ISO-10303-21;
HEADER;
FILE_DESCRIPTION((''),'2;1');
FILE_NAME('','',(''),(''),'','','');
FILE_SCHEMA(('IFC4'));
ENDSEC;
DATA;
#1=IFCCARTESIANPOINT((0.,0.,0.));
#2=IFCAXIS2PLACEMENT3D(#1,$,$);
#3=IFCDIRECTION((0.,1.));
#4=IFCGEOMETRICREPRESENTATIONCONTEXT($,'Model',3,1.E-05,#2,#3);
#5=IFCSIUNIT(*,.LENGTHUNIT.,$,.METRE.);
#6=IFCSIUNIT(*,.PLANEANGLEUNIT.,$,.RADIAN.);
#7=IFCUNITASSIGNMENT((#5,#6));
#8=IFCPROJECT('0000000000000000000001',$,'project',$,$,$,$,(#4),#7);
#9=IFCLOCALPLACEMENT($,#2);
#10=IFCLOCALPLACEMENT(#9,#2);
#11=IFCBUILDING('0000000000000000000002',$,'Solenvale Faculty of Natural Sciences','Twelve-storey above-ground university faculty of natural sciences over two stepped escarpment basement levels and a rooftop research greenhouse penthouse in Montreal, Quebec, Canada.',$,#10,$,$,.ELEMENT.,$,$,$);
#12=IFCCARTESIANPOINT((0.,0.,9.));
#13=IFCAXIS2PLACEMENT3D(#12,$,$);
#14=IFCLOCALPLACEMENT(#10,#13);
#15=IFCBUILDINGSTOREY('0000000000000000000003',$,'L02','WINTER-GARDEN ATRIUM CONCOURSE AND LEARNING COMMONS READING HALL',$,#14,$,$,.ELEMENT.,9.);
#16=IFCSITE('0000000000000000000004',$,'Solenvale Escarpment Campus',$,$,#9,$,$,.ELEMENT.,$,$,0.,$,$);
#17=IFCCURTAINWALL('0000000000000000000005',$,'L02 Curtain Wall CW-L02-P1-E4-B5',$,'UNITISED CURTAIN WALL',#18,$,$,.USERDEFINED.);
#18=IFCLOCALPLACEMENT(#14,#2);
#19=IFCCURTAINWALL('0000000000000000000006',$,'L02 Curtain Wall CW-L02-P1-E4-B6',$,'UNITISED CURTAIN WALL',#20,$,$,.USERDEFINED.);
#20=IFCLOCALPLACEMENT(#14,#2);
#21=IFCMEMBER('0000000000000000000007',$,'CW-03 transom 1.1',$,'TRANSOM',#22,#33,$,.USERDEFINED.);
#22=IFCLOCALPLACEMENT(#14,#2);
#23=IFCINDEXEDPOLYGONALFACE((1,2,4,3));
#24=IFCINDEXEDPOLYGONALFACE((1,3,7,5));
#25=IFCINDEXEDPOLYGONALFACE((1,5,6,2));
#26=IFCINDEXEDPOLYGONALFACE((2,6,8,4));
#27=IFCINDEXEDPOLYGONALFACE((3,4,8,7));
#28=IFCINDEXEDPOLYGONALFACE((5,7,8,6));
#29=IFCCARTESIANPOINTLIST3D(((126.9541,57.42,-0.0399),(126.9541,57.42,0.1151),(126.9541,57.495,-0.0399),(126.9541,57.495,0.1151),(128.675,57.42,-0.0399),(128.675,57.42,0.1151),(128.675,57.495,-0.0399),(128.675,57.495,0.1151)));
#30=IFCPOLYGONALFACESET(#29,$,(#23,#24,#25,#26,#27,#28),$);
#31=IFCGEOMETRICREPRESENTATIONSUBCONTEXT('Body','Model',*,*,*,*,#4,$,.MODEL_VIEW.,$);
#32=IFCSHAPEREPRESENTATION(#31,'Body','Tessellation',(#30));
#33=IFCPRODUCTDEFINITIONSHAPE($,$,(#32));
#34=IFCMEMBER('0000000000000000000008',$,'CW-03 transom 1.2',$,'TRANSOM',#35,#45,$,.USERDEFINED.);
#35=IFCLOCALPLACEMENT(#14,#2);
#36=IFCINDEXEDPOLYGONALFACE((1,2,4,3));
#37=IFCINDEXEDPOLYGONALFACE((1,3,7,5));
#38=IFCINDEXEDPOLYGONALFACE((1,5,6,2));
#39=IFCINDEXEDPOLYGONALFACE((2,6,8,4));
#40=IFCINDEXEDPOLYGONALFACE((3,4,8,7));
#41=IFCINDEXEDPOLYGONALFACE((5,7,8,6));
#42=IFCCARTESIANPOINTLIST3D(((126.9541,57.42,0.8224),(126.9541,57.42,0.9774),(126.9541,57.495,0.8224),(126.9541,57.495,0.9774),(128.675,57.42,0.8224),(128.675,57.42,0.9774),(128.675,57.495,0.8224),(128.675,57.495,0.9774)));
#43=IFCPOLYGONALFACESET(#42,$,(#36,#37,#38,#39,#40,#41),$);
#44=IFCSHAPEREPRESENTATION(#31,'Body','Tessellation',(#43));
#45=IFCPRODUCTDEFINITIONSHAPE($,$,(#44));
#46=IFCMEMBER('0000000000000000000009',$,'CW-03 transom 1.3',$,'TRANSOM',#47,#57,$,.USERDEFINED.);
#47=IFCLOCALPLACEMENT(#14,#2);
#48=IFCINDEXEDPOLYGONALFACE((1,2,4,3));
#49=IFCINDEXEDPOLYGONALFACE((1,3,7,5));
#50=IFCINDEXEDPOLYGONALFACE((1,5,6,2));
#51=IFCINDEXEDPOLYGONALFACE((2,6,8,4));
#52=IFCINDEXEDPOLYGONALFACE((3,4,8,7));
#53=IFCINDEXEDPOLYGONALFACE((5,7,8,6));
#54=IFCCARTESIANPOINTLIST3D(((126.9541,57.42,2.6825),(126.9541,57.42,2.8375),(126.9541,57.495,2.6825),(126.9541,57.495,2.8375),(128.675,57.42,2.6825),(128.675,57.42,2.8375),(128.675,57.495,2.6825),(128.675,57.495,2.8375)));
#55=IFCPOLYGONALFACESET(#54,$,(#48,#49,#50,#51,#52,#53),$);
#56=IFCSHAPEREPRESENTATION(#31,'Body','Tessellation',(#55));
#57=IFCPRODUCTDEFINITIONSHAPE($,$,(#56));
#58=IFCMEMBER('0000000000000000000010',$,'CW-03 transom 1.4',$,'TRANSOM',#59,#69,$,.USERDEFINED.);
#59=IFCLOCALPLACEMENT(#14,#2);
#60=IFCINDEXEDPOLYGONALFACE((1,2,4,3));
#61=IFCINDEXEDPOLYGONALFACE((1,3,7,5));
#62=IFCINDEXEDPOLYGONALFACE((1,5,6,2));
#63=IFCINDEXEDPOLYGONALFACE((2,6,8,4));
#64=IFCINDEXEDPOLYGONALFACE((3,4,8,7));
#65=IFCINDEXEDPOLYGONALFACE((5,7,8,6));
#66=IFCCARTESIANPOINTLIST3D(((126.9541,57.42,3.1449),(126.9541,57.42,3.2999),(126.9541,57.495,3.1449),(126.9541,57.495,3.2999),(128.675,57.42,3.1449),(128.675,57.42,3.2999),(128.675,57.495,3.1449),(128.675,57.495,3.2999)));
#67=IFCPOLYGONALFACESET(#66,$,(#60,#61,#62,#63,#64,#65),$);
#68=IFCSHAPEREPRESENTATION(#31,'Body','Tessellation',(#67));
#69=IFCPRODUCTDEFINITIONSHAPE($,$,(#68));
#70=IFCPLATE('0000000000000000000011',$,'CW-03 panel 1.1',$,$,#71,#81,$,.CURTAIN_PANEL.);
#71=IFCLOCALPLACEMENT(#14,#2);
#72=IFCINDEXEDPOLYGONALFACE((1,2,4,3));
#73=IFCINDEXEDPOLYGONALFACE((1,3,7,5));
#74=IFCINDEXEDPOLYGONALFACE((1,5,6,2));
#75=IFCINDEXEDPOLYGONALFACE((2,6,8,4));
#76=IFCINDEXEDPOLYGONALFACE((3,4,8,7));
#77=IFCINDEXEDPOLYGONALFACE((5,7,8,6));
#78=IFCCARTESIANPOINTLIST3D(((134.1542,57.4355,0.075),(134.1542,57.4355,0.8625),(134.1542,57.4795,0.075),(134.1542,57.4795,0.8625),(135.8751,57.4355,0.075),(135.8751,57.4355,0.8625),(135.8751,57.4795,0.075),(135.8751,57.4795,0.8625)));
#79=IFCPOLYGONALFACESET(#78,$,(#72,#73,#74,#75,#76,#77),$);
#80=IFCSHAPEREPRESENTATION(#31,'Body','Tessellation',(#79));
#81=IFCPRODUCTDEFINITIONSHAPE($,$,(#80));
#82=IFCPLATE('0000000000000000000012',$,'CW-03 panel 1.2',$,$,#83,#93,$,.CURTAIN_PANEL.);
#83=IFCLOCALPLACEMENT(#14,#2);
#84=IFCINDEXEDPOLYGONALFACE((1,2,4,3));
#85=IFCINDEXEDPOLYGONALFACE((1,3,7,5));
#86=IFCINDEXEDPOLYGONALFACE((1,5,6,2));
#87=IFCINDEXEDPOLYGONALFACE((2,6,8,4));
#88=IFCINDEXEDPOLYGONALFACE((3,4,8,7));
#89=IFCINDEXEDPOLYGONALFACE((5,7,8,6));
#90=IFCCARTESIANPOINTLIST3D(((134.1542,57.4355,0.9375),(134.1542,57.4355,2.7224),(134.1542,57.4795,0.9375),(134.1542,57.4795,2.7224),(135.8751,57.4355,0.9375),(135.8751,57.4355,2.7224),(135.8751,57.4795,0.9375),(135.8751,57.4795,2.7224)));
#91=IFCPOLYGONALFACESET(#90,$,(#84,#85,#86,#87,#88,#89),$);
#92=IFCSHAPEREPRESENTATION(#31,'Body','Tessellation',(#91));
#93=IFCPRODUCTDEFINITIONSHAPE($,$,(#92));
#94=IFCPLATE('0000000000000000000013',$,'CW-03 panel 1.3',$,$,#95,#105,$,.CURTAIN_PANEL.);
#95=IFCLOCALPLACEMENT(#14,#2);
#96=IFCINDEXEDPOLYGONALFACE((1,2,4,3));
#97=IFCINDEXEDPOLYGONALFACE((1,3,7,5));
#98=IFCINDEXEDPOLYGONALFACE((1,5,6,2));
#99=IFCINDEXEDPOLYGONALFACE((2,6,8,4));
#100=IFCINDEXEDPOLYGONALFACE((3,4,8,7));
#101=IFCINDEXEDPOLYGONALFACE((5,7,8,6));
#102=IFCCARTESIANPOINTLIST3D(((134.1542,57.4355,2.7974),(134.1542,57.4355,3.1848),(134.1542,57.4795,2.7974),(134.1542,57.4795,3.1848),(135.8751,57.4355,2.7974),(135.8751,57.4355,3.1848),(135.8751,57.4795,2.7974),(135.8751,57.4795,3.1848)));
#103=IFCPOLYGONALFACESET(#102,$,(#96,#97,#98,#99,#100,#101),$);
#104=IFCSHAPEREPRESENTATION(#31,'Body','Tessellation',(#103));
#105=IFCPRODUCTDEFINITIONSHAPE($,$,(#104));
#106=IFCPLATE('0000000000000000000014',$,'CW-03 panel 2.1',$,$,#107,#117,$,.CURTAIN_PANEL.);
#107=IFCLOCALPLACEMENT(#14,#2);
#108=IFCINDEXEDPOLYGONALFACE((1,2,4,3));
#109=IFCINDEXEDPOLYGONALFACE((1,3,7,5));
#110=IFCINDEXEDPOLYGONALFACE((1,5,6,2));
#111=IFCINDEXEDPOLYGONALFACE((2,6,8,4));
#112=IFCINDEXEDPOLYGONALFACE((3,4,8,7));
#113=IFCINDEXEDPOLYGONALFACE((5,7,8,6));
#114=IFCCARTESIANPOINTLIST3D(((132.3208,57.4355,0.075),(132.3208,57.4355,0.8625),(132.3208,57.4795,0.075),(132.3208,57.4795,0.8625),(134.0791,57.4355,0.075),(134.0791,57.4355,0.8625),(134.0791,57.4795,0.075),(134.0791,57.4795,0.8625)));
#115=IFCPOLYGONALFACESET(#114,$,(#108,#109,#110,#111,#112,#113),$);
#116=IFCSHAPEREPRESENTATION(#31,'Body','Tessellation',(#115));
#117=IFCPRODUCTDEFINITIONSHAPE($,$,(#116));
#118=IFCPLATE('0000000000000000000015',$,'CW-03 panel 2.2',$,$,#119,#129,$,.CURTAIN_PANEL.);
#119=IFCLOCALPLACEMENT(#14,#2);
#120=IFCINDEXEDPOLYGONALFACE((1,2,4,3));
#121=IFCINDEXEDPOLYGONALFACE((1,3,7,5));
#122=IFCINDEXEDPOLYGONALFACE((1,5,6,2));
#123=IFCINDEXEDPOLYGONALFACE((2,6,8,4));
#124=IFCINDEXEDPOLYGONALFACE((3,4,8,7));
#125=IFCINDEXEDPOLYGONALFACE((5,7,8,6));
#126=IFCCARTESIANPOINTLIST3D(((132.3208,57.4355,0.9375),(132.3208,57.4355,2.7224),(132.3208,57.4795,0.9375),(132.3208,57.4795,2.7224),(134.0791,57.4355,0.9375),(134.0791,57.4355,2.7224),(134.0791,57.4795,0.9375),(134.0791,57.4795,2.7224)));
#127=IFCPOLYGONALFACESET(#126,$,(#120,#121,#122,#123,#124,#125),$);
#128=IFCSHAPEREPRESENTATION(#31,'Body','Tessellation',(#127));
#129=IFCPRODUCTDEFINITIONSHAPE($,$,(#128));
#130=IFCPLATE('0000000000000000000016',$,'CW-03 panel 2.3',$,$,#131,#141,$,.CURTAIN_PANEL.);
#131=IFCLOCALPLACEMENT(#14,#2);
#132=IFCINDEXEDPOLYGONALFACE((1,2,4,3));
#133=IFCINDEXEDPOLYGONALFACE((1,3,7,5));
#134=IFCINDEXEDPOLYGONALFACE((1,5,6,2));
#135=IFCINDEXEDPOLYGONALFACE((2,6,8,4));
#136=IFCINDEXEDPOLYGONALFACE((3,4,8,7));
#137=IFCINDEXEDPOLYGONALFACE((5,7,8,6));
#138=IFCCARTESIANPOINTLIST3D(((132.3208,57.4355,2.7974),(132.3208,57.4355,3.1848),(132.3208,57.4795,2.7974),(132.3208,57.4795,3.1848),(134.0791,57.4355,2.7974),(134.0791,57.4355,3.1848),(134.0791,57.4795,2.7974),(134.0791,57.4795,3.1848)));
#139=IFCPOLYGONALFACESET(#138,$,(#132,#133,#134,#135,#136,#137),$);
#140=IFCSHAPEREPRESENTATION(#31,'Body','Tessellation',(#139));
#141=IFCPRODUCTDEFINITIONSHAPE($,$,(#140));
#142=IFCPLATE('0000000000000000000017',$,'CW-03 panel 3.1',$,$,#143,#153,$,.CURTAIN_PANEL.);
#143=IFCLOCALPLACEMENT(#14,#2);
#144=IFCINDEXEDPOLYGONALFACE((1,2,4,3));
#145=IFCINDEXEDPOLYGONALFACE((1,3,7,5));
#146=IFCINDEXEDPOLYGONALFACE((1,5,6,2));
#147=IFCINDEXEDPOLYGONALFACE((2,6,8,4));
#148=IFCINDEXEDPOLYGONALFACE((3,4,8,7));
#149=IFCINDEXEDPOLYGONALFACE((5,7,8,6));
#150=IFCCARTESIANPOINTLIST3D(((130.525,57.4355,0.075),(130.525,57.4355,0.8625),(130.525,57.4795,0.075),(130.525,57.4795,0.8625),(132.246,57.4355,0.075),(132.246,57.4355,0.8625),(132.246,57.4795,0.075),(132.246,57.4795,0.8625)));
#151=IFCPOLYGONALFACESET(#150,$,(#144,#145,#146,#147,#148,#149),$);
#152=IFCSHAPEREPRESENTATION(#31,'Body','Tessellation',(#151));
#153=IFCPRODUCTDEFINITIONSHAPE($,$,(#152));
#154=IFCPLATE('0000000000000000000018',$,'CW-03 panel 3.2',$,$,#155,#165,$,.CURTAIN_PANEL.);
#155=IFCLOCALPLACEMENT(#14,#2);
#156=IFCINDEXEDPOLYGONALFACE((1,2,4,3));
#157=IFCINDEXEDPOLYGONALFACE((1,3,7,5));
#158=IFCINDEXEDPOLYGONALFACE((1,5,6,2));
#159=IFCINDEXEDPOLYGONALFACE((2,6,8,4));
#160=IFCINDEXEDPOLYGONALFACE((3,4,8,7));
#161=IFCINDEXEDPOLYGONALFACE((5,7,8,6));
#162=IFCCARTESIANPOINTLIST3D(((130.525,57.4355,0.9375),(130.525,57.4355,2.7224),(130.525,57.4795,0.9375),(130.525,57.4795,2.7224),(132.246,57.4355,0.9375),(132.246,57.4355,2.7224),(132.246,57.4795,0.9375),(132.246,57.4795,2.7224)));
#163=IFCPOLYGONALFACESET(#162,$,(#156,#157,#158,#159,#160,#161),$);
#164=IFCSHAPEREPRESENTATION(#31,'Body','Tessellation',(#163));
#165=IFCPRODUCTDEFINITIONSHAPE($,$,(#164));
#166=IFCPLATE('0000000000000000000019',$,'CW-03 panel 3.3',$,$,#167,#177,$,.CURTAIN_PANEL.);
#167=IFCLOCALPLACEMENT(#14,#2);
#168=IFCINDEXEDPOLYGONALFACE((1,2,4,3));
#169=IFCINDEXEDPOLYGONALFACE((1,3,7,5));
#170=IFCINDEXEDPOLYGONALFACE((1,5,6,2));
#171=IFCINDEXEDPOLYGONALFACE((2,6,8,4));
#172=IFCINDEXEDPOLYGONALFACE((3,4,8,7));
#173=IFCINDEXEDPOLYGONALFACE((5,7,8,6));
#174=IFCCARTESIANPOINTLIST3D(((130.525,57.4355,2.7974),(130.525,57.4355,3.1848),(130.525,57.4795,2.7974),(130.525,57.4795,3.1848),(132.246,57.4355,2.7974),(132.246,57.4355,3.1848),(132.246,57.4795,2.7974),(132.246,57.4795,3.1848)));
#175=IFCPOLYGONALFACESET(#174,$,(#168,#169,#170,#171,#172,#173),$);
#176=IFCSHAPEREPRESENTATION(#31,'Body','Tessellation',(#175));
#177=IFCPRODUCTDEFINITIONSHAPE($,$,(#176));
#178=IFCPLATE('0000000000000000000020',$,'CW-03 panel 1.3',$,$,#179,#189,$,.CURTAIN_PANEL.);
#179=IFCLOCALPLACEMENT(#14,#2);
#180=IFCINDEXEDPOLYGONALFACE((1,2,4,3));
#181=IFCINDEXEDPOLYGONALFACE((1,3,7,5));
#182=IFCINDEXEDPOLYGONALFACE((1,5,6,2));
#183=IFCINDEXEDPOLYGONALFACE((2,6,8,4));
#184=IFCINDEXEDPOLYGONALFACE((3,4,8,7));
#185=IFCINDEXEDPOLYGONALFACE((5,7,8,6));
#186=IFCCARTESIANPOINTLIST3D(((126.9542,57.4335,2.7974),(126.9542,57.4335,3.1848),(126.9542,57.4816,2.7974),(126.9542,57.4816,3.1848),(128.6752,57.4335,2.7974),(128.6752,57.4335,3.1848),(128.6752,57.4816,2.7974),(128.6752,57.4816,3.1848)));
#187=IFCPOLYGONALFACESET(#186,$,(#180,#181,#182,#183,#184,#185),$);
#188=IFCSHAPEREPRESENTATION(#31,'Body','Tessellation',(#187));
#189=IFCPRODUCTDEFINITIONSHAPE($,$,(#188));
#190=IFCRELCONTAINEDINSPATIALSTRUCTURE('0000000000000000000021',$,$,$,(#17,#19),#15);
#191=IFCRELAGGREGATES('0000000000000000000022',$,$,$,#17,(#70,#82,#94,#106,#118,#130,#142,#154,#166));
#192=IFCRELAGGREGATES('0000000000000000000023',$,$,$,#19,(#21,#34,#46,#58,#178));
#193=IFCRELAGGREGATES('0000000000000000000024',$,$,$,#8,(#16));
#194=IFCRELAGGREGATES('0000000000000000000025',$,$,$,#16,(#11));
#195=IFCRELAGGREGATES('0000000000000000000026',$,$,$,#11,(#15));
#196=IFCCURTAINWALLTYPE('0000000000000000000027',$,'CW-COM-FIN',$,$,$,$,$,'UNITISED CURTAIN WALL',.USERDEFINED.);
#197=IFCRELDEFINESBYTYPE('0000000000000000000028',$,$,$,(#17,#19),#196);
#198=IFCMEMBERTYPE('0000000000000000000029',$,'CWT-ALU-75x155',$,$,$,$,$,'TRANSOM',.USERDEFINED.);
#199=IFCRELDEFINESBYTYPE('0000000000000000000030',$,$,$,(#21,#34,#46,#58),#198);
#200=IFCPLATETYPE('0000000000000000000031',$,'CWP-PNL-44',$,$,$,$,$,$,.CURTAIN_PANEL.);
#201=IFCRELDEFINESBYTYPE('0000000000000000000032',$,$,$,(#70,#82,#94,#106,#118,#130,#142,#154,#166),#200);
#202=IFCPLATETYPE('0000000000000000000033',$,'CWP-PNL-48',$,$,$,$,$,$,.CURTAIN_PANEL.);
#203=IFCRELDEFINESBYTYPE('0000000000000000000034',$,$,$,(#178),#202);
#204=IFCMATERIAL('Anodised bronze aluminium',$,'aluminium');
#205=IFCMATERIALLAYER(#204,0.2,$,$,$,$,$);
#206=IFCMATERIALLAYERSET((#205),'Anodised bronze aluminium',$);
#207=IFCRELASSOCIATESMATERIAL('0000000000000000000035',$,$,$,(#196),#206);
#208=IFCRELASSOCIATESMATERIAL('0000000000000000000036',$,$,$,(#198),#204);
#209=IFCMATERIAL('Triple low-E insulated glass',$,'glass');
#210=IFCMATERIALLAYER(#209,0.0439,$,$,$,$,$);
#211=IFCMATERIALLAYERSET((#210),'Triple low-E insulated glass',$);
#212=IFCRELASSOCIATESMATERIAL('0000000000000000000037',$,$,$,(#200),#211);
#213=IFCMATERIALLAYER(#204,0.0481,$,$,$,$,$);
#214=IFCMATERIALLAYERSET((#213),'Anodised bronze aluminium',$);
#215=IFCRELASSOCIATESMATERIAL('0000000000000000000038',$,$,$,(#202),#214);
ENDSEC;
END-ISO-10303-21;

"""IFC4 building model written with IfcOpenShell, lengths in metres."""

from ifc_helpers import new_model, si_unit, direction, frame, origin, origin_2d, place, context, subcontext, project, spatial, rectangle, extrude, material, layer, layer_set, material_profile, profile_set, type_object, element, aggregate, save


model = new_model("IFC4")

# Units and contexts
model_context = context("Model", 3, precision=1e-05, world=origin(), true_north=direction((0.0, 1.0)))
body_context = subcontext(model_context, "Body", "Model", "MODEL_VIEW")
ifc_project = project(units=[si_unit("LENGTHUNIT", "METRE"), si_unit("PLANEANGLEUNIT", "RADIAN")], contexts=[model_context])

# Site, building, storey
site_placement = place(None, origin())
site = spatial("IfcSite", under=ifc_project, at=site_placement, Name="Solenvale Escarpment Campus", CompositionType="ELEMENT", RefElevation=0.0)
building_placement = place(site_placement, origin())
building = spatial("IfcBuilding", under=site, at=building_placement, Name="Solenvale Faculty of Natural Sciences", Description="Twelve-storey above-ground university faculty of natural sciences over two stepped escarpment basement levels and a rooftop research greenhouse penthouse in Montreal, Quebec, Canada.", CompositionType="ELEMENT")
storey_placement = place(building_placement, frame((0.0, 0.0, 9.0)))
storey = spatial("IfcBuildingStorey", under=building, at=storey_placement, Name="L02", Description="WINTER-GARDEN ATRIUM CONCOURSE AND LEARNING COMMONS READING HALL", CompositionType="ELEMENT", Elevation=9.0)

# Curtain wall
ifc_material_1 = material(Name="Anodised bronze aluminium", Category="aluminium")
ifc_layer_1 = layer(ifc_material_1, 0.2)
ifc_layer_set_1 = layer_set([ifc_layer_1], Name="Anodised bronze aluminium")
curtain_wall_type = type_object("IfcCurtainWallType", Name="CW-COM-FIN", ElementType="UNITISED CURTAIN WALL", PredefinedType="USERDEFINED", material=ifc_layer_set_1)
curtain_wall_1_placement = place(storey_placement, origin())
curtain_wall_1 = element("IfcCurtainWall", 1, at=curtain_wall_1_placement, inside=storey, type_object=curtain_wall_type, Name="L02 Curtain Wall CW-L02-P1-E4-B5", ObjectType="UNITISED CURTAIN WALL", PredefinedType="USERDEFINED")

# Curtain wall
curtain_wall_2_placement = place(storey_placement, origin())
curtain_wall_2 = element("IfcCurtainWall", 2, at=curtain_wall_2_placement, inside=storey, type_object=curtain_wall_type, Name="L02 Curtain Wall CW-L02-P1-E4-B6", ObjectType="UNITISED CURTAIN WALL", PredefinedType="USERDEFINED")

# Members
ifc_material_profile_1 = material_profile(ifc_material_1, rectangle(XDim=0.075, YDim=0.155, at=origin_2d()), Name="ALU-TRN-75x155")
ifc_profile_set_1 = profile_set([ifc_material_profile_1], Name="Anodised bronze aluminium")
member_type_1 = type_object("IfcMemberType", Name="CWT-ALU-75x155", ElementType="TRANSOM", PredefinedType="USERDEFINED", material=ifc_profile_set_1)
member_1_placement = place(storey_placement, frame((128.675, 57.4575, 0.0376), z_axis=(-1.0, 0.0, 0.0), x_axis=(0.0, -1.0, 0.0)))
member_1 = element("IfcMember", 3, at=member_1_placement, type_object=member_type_1, Name="CW-03 transom 1.1", ObjectType="TRANSOM", PredefinedType="USERDEFINED", context=body_context, shape_type="SweptSolid", body=[
    extrude(rectangle(XDim=0.075, YDim=0.155, at=origin_2d()), origin(), (0.0, 0.0, 1.0), 1.7209),
])
member_2_placement = place(storey_placement, frame((128.675, 57.4575, 0.8999), z_axis=(-1.0, 0.0, 0.0), x_axis=(0.0, -1.0, 0.0)))
member_2 = element("IfcMember", 4, at=member_2_placement, type_object=member_type_1, Name="CW-03 transom 1.2", ObjectType="TRANSOM", PredefinedType="USERDEFINED", context=body_context, shape_type="SweptSolid", body=[
    extrude(rectangle(XDim=0.075, YDim=0.155, at=origin_2d()), origin(), (0.0, 0.0, 1.0), 1.7209),
])
member_3_placement = place(storey_placement, frame((128.675, 57.4575, 2.76), z_axis=(-1.0, 0.0, 0.0), x_axis=(0.0, -1.0, 0.0)))
member_3 = element("IfcMember", 5, at=member_3_placement, type_object=member_type_1, Name="CW-03 transom 1.3", ObjectType="TRANSOM", PredefinedType="USERDEFINED", context=body_context, shape_type="SweptSolid", body=[
    extrude(rectangle(XDim=0.075, YDim=0.155, at=origin_2d()), origin(), (0.0, 0.0, 1.0), 1.7209),
])
member_4_placement = place(storey_placement, frame((128.675, 57.4575, 3.2224), z_axis=(-1.0, 0.0, 0.0), x_axis=(0.0, -1.0, 0.0)))
member_4 = element("IfcMember", 6, at=member_4_placement, type_object=member_type_1, Name="CW-03 transom 1.4", ObjectType="TRANSOM", PredefinedType="USERDEFINED", context=body_context, shape_type="SweptSolid", body=[
    extrude(rectangle(XDim=0.075, YDim=0.155, at=origin_2d()), origin(), (0.0, 0.0, 1.0), 1.7209),
])

# Plates
ifc_material_2 = material(Name="Triple low-E insulated glass", Category="glass")
ifc_layer_2 = layer(ifc_material_2, 0.0439)
ifc_layer_set_2 = layer_set([ifc_layer_2], Name="Triple low-E insulated glass")
plate_type_1 = type_object("IfcPlateType", Name="CWP-PNL-44", PredefinedType="CURTAIN_PANEL", material=ifc_layer_set_2)
plate_1_placement = place(storey_placement, frame((135.0146, 57.4575, 0.075), z_axis=(0.0, 0.0, 1.0), x_axis=(-1.0, 0.0, 0.0)))
plate_1 = element("IfcPlate", 7, at=plate_1_placement, type_object=plate_type_1, Name="CW-03 panel 1.1", PredefinedType="CURTAIN_PANEL", context=body_context, shape_type="SweptSolid", body=[
    extrude(rectangle(XDim=1.7209, YDim=0.0439, at=origin_2d()), origin(), (0.0, 0.0, 1.0), 0.7876),
])
plate_2_placement = place(storey_placement, frame((135.0146, 57.4575, 0.9375), z_axis=(0.0, 0.0, 1.0), x_axis=(-1.0, 0.0, 0.0)))
plate_2 = element("IfcPlate", 8, at=plate_2_placement, type_object=plate_type_1, Name="CW-03 panel 1.2", PredefinedType="CURTAIN_PANEL", context=body_context, shape_type="SweptSolid", body=[
    extrude(rectangle(XDim=1.7209, YDim=0.0439, at=origin_2d()), origin(), (0.0, 0.0, 1.0), 1.7849),
])
plate_3_placement = place(storey_placement, frame((135.0146, 57.4575, 2.7974), z_axis=(0.0, 0.0, 1.0), x_axis=(-1.0, 0.0, 0.0)))
plate_3 = element("IfcPlate", 9, at=plate_3_placement, type_object=plate_type_1, Name="CW-03 panel 1.3", PredefinedType="CURTAIN_PANEL", context=body_context, shape_type="SweptSolid", body=[
    extrude(rectangle(XDim=1.7209, YDim=0.0439, at=origin_2d()), origin(), (0.0, 0.0, 1.0), 0.3875),
])
plate_4_placement = place(storey_placement, frame((133.2, 57.4575, 0.075), z_axis=(0.0, 0.0, 1.0), x_axis=(-1.0, 0.0, 0.0)))
plate_4 = element("IfcPlate", 10, at=plate_4_placement, type_object=plate_type_1, Name="CW-03 panel 2.1", PredefinedType="CURTAIN_PANEL", context=body_context, shape_type="SweptSolid", body=[
    extrude(rectangle(XDim=1.7583, YDim=0.0439, at=origin_2d()), origin(), (0.0, 0.0, 1.0), 0.7876),
])
plate_5_placement = place(storey_placement, frame((133.2, 57.4575, 0.9375), z_axis=(0.0, 0.0, 1.0), x_axis=(-1.0, 0.0, 0.0)))
plate_5 = element("IfcPlate", 11, at=plate_5_placement, type_object=plate_type_1, Name="CW-03 panel 2.2", PredefinedType="CURTAIN_PANEL", context=body_context, shape_type="SweptSolid", body=[
    extrude(rectangle(XDim=1.7583, YDim=0.0439, at=origin_2d()), origin(), (0.0, 0.0, 1.0), 1.7849),
])
plate_6_placement = place(storey_placement, frame((133.2, 57.4575, 2.7974), z_axis=(0.0, 0.0, 1.0), x_axis=(-1.0, 0.0, 0.0)))
plate_6 = element("IfcPlate", 12, at=plate_6_placement, type_object=plate_type_1, Name="CW-03 panel 2.3", PredefinedType="CURTAIN_PANEL", context=body_context, shape_type="SweptSolid", body=[
    extrude(rectangle(XDim=1.7583, YDim=0.0439, at=origin_2d()), origin(), (0.0, 0.0, 1.0), 0.3875),
])
plate_7_placement = place(storey_placement, frame((131.3855, 57.4575, 0.075), z_axis=(0.0, 0.0, 1.0), x_axis=(-1.0, 0.0, 0.0)))
plate_7 = element("IfcPlate", 13, at=plate_7_placement, type_object=plate_type_1, Name="CW-03 panel 3.1", PredefinedType="CURTAIN_PANEL", context=body_context, shape_type="SweptSolid", body=[
    extrude(rectangle(XDim=1.7209, YDim=0.0439, at=origin_2d()), origin(), (0.0, 0.0, 1.0), 0.7876),
])
plate_8_placement = place(storey_placement, frame((131.3855, 57.4575, 0.9375), z_axis=(0.0, 0.0, 1.0), x_axis=(-1.0, 0.0, 0.0)))
plate_8 = element("IfcPlate", 14, at=plate_8_placement, type_object=plate_type_1, Name="CW-03 panel 3.2", PredefinedType="CURTAIN_PANEL", context=body_context, shape_type="SweptSolid", body=[
    extrude(rectangle(XDim=1.7209, YDim=0.0439, at=origin_2d()), origin(), (0.0, 0.0, 1.0), 1.7849),
])
plate_9_placement = place(storey_placement, frame((131.3855, 57.4575, 2.7974), z_axis=(0.0, 0.0, 1.0), x_axis=(-1.0, 0.0, 0.0)))
plate_9 = element("IfcPlate", 15, at=plate_9_placement, type_object=plate_type_1, Name="CW-03 panel 3.3", PredefinedType="CURTAIN_PANEL", context=body_context, shape_type="SweptSolid", body=[
    extrude(rectangle(XDim=1.7209, YDim=0.0439, at=origin_2d()), origin(), (0.0, 0.0, 1.0), 0.3875),
])
aggregate(curtain_wall_1, [plate_1, plate_2, plate_3, plate_4, plate_5, plate_6, plate_7, plate_8, plate_9])
ifc_layer_3 = layer(ifc_material_1, 0.0481)
ifc_layer_set_3 = layer_set([ifc_layer_3], Name="Anodised bronze aluminium")
plate_type_2 = type_object("IfcPlateType", Name="CWP-PNL-48", PredefinedType="CURTAIN_PANEL", material=ifc_layer_set_3)
plate_10_placement = place(storey_placement, frame((127.8147, 57.4575, 2.7974), z_axis=(0.0, 0.0, 1.0), x_axis=(-1.0, 0.0, 0.0)))
plate_10 = element("IfcPlate", 16, at=plate_10_placement, type_object=plate_type_2, Name="CW-03 panel 1.3", PredefinedType="CURTAIN_PANEL", context=body_context, shape_type="SweptSolid", body=[
    extrude(rectangle(XDim=1.7209, YDim=0.0481, at=origin_2d()), origin(), (0.0, 0.0, 1.0), 0.3875),
])
aggregate(curtain_wall_2, [member_1, member_2, member_3, member_4, plate_10])

save(model, "model.ifc")
